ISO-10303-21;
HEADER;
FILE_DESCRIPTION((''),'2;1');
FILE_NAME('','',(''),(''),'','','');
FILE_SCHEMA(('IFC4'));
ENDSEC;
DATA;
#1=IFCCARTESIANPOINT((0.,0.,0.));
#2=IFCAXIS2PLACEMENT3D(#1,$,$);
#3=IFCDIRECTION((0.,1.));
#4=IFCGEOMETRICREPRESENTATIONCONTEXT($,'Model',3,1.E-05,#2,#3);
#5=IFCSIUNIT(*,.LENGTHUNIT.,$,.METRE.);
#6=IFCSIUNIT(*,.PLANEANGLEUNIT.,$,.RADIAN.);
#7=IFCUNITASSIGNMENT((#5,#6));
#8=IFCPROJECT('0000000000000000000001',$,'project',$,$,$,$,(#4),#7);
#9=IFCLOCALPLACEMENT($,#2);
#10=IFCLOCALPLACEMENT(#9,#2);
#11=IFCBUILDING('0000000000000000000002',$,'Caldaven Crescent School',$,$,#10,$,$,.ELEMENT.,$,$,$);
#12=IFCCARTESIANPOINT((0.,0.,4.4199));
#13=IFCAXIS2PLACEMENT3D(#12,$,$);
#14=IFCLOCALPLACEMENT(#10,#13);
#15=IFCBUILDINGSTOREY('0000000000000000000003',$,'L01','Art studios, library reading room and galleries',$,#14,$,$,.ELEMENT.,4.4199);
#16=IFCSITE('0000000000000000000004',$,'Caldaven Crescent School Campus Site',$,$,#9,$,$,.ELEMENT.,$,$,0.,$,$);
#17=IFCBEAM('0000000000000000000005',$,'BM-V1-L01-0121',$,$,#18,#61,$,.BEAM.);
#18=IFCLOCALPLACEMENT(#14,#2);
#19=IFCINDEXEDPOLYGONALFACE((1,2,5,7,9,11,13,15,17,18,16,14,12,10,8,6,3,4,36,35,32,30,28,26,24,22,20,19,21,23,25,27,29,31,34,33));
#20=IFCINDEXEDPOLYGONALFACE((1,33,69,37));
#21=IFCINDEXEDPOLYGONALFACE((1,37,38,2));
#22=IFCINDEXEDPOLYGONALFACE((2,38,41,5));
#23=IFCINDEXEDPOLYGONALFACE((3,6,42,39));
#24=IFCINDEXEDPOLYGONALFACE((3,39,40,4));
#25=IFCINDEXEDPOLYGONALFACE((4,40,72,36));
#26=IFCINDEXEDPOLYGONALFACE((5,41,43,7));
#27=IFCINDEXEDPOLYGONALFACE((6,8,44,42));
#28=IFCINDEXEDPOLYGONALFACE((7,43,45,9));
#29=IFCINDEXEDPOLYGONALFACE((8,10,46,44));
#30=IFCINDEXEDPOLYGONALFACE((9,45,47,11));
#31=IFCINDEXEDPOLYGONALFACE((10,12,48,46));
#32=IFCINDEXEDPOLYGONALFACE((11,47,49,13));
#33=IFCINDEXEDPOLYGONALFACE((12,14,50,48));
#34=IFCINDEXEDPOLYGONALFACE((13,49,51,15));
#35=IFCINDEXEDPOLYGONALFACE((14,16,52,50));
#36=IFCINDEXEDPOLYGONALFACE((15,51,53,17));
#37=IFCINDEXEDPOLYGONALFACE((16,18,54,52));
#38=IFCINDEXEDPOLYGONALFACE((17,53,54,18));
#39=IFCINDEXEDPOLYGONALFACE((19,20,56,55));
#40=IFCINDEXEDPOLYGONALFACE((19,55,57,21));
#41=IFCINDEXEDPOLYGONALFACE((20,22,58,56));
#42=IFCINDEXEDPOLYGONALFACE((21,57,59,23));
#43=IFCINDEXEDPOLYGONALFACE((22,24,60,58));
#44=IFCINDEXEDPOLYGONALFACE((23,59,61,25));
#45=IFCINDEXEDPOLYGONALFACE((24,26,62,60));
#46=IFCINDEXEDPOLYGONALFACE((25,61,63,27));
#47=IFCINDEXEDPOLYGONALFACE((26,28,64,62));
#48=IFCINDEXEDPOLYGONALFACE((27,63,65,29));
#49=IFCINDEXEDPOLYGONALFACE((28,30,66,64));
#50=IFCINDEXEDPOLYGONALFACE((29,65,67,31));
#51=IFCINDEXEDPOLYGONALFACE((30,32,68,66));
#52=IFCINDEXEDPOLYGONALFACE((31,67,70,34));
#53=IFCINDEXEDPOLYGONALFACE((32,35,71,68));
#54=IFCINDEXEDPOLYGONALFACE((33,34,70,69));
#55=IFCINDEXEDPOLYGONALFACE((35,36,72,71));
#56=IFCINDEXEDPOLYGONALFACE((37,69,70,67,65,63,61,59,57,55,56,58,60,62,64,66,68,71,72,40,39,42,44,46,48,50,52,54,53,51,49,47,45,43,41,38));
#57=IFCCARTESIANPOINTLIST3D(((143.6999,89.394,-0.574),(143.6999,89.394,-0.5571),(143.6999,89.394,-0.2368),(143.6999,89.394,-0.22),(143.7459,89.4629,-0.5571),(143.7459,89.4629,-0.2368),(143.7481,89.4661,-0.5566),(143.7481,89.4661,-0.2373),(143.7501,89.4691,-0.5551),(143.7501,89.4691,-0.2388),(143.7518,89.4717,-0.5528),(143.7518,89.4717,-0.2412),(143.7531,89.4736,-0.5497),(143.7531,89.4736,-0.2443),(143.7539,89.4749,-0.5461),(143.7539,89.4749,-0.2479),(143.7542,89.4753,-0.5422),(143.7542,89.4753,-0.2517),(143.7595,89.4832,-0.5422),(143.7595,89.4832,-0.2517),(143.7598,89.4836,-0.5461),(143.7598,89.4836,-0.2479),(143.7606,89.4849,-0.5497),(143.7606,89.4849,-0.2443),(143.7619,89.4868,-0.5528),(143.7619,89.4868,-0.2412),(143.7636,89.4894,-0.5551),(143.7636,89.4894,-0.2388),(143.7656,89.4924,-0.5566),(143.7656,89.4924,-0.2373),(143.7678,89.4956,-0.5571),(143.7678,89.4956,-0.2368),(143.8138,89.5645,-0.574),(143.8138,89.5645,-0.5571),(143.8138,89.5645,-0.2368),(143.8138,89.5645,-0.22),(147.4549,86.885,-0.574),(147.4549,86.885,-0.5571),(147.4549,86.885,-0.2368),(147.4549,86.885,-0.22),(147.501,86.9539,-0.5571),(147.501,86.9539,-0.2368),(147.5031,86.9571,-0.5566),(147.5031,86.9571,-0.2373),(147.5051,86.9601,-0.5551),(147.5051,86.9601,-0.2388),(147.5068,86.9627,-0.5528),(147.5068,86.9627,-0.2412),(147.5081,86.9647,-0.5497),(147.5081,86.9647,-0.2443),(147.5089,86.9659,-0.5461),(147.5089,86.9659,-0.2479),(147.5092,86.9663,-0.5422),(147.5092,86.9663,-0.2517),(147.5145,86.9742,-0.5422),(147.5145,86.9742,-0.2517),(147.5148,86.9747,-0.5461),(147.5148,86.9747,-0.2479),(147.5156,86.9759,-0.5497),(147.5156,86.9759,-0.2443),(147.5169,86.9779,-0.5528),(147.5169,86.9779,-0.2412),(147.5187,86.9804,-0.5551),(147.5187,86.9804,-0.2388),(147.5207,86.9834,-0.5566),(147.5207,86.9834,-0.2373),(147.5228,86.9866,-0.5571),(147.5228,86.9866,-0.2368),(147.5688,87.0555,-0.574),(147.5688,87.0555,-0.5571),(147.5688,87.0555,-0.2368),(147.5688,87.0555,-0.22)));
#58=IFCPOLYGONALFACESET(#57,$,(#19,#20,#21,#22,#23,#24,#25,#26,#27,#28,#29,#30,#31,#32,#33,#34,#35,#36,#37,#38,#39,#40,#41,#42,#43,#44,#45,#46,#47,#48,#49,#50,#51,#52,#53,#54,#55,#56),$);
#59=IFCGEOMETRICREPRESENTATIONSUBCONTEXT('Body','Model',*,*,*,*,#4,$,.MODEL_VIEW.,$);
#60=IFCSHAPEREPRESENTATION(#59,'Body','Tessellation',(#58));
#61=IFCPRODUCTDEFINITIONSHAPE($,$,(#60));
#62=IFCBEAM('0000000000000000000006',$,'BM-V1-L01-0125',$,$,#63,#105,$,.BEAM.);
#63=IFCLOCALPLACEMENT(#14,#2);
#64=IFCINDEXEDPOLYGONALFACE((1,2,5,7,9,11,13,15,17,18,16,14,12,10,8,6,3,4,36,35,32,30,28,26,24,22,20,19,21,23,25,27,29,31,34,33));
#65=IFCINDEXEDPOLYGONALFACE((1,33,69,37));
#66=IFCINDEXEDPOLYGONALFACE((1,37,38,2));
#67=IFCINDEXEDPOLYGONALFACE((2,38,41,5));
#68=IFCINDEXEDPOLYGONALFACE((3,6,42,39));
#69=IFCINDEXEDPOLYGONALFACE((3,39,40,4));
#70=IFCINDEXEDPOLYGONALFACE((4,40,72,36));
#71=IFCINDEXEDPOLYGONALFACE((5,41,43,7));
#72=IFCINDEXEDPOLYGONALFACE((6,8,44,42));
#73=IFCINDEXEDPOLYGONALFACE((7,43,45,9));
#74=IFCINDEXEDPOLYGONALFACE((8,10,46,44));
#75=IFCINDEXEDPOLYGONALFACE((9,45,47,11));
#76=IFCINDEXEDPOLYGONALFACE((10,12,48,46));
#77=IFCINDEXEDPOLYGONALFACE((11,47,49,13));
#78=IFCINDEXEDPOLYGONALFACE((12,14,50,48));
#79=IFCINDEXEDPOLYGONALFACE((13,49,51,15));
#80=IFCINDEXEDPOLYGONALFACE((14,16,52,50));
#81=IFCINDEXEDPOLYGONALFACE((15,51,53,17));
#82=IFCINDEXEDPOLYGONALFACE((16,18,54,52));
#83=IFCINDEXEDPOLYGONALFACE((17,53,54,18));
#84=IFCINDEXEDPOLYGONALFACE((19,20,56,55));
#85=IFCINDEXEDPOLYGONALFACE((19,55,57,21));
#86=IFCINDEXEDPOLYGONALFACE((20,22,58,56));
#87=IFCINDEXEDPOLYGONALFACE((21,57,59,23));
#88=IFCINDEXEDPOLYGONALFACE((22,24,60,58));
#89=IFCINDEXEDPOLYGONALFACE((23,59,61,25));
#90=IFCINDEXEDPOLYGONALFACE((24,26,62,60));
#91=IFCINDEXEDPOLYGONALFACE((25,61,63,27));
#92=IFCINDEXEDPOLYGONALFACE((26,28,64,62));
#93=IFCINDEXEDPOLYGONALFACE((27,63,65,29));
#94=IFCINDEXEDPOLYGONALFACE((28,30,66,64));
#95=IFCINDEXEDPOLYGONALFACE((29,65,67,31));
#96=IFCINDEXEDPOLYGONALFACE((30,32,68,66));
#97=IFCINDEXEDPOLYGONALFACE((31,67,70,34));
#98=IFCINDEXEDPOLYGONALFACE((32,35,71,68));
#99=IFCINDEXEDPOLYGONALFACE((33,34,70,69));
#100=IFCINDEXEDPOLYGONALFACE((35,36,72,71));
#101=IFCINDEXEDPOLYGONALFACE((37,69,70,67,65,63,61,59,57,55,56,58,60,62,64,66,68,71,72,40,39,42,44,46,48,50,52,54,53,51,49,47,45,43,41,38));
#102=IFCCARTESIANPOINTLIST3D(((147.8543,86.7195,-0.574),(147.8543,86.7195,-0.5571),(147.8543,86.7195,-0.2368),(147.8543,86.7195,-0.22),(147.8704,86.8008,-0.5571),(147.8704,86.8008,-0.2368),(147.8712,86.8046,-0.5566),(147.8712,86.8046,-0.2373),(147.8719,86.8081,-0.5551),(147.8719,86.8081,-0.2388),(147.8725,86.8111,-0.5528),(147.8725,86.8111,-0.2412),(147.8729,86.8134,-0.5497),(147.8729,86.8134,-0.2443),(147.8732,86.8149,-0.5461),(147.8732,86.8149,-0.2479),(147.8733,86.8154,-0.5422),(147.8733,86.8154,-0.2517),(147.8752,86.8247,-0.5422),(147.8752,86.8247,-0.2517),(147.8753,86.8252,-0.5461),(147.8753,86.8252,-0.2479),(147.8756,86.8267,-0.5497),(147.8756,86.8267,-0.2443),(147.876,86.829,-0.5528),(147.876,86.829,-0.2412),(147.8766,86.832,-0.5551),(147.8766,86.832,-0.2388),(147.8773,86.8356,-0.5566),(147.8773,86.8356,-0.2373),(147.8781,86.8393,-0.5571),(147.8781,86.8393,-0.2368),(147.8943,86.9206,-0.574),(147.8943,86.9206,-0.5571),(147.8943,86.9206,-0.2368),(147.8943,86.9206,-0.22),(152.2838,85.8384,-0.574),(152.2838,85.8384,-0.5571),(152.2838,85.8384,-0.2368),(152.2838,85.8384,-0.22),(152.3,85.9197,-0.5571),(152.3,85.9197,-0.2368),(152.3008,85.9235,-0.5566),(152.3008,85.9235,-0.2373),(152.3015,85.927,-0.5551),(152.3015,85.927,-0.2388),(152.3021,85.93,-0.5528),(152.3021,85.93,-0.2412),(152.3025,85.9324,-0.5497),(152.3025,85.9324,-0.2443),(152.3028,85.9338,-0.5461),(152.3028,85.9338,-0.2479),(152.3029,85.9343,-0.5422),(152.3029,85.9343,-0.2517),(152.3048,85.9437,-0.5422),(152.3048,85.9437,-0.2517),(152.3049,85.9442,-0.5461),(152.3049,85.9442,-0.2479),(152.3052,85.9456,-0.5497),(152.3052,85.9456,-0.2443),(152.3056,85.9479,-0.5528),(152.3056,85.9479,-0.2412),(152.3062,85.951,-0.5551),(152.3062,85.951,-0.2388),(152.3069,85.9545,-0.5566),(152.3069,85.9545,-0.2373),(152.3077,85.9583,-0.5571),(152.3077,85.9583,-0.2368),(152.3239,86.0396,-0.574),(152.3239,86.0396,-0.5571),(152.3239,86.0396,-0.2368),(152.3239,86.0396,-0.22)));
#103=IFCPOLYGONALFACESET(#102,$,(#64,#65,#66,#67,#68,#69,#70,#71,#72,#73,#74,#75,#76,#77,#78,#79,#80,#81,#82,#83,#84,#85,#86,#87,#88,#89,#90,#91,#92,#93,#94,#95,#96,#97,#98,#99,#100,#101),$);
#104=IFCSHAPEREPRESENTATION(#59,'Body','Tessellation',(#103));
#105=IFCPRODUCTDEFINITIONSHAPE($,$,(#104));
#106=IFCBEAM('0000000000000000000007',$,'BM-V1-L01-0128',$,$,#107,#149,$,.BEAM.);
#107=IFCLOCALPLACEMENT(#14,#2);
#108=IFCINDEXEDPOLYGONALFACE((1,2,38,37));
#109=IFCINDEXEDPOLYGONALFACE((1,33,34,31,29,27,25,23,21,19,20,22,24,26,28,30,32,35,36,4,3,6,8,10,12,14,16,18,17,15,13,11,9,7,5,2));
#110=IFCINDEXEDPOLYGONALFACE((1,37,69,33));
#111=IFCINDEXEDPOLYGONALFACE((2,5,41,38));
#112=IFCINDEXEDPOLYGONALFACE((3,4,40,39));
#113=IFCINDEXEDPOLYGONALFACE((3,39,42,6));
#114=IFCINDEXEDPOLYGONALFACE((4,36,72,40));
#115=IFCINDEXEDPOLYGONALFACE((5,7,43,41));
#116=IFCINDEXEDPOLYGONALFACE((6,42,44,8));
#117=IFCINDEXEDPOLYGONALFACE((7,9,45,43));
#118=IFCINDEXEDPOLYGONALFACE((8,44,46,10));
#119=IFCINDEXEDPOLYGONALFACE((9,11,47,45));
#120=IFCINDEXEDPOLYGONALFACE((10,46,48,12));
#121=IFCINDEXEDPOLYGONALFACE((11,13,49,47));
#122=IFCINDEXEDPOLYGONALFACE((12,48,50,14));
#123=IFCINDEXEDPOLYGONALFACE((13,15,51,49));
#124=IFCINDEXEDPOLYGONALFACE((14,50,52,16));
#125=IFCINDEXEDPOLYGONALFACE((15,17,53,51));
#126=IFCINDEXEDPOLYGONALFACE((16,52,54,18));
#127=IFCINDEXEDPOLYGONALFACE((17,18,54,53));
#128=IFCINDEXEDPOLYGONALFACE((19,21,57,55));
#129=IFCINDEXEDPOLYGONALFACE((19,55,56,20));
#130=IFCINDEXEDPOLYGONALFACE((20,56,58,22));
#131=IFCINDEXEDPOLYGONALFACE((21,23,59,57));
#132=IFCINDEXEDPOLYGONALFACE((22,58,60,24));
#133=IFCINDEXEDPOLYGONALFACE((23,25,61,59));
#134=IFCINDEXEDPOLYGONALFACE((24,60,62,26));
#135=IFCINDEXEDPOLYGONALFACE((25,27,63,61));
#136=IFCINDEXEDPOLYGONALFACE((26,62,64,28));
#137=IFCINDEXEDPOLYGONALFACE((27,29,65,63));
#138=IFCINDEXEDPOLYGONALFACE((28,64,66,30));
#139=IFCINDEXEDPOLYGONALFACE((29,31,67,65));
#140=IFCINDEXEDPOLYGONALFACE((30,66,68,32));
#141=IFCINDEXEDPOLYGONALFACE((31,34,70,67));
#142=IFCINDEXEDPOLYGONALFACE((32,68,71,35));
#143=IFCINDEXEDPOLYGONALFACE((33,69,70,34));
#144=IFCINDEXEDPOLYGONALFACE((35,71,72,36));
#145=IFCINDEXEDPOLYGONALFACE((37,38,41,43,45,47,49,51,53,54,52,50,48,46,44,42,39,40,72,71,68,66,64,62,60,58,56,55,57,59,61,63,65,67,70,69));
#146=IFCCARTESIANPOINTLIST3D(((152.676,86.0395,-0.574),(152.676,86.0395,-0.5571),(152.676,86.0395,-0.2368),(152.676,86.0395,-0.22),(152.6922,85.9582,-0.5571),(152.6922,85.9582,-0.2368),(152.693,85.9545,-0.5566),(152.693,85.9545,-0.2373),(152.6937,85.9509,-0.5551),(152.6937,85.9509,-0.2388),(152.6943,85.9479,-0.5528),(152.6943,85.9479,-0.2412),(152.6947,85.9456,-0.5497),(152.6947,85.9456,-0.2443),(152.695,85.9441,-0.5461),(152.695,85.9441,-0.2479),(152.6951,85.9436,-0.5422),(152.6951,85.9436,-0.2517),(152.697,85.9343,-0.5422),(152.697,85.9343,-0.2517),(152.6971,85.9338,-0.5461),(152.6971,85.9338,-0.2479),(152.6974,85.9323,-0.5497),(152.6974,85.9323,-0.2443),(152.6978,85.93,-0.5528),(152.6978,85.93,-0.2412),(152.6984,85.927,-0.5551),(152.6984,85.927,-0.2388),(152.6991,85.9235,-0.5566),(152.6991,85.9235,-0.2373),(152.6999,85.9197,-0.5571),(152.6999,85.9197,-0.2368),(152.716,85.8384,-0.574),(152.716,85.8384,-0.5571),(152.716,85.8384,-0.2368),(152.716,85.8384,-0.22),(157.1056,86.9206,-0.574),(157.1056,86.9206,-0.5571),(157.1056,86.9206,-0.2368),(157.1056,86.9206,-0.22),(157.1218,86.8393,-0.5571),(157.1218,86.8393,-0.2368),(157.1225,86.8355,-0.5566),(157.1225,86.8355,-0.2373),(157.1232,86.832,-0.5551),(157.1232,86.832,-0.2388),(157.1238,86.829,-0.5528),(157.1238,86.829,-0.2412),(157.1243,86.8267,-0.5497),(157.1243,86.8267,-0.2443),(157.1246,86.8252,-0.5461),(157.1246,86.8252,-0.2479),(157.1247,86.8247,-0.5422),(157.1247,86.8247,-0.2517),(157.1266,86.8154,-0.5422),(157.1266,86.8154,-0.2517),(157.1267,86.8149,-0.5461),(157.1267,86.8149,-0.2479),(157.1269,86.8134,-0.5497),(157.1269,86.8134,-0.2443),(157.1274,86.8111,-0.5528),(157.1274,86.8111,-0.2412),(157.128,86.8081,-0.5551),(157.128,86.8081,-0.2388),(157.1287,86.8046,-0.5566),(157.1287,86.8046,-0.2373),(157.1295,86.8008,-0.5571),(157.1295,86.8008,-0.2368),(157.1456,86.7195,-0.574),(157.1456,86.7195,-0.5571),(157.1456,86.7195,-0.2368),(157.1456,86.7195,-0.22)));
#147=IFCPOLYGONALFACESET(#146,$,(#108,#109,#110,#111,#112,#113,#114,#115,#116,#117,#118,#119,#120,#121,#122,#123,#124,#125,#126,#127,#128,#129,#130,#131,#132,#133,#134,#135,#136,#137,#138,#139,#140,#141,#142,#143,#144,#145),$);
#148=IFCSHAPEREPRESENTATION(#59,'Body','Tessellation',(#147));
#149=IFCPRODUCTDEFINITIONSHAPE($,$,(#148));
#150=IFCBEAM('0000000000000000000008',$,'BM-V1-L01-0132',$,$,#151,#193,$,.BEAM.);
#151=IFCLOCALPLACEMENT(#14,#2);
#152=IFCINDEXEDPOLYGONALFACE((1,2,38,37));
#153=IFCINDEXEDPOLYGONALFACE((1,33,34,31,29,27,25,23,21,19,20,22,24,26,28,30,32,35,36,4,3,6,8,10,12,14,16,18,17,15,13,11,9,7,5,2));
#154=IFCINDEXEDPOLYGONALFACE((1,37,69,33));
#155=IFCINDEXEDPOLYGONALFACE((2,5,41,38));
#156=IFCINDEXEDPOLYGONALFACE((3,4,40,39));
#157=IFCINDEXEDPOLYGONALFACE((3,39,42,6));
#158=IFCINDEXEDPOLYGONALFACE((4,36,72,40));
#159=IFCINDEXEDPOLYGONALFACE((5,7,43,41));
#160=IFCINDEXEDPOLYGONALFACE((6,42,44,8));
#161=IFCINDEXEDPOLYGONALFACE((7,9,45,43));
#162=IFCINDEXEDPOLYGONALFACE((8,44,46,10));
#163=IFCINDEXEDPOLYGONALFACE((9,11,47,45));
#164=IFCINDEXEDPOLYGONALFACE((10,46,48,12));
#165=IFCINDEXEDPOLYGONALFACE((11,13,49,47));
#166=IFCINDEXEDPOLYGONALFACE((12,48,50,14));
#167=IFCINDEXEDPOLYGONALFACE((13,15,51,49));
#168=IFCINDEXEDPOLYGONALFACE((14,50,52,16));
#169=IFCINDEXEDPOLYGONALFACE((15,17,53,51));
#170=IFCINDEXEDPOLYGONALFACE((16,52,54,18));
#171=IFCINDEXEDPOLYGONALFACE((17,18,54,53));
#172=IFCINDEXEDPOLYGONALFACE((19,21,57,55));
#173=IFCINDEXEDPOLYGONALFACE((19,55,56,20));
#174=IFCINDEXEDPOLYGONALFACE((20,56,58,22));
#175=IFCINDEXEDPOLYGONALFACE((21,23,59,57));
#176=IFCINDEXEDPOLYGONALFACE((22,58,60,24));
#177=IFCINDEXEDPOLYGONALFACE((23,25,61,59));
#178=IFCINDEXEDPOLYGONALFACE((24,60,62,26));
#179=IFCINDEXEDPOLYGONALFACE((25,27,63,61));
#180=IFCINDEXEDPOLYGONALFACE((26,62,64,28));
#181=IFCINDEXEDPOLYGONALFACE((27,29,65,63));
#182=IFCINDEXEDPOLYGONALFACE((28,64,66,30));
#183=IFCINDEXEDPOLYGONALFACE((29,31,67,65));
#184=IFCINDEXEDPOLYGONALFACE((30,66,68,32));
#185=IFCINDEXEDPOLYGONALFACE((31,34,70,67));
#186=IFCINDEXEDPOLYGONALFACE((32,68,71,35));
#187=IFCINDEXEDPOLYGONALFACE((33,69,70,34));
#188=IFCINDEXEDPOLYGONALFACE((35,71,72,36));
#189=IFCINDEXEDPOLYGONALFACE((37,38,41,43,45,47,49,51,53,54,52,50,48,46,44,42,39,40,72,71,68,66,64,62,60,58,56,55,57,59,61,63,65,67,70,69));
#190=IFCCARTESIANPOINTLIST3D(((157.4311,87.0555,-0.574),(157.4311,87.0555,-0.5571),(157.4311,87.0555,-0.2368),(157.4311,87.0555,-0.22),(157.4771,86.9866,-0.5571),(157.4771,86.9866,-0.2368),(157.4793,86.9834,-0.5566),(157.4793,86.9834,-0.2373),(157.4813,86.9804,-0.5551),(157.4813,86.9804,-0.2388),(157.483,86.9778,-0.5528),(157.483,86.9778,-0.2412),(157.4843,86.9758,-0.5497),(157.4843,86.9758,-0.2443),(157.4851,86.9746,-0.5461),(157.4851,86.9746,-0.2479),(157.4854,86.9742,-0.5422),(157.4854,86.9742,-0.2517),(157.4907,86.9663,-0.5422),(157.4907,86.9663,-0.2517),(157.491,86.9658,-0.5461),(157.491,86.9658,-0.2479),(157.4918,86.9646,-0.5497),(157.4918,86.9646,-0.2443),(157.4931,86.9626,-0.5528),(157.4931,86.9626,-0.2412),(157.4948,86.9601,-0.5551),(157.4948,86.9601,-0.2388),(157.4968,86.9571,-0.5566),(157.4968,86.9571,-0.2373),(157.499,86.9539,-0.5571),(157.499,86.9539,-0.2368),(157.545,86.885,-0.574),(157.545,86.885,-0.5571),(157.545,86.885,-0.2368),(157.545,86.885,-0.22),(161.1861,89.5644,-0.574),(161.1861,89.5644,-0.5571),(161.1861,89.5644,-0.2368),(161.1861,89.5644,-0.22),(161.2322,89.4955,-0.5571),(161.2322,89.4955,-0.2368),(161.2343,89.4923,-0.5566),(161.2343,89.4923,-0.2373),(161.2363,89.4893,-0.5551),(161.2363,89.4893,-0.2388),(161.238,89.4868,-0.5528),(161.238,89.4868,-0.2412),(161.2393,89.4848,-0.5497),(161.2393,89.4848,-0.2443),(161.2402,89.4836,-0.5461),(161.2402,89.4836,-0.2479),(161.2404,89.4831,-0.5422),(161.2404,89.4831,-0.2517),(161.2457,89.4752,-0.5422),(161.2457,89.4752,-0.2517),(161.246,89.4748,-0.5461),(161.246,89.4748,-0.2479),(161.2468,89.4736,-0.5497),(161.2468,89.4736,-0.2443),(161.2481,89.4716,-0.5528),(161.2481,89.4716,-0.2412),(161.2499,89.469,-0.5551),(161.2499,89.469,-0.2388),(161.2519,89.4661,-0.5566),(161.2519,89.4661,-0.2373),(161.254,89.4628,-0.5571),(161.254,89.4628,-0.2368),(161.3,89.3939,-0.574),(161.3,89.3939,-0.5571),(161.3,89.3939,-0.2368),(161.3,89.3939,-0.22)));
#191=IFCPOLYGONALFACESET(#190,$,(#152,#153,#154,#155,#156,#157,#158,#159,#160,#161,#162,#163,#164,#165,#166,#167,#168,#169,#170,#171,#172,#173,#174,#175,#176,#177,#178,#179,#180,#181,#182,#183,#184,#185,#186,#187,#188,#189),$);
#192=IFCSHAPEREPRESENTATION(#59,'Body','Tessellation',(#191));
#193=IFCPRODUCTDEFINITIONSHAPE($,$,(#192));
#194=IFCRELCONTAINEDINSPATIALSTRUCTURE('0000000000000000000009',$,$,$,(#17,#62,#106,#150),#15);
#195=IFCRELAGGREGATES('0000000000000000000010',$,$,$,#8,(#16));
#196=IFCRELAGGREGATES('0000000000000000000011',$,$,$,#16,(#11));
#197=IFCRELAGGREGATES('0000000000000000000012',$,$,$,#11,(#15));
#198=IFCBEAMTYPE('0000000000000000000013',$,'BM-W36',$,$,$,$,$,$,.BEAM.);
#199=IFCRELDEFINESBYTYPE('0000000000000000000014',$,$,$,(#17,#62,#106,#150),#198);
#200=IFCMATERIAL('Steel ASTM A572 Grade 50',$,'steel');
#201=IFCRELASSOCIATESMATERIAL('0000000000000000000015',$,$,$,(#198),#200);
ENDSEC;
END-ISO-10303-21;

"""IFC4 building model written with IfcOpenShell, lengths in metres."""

from ifc_helpers import new_model, si_unit, direction, frame, origin, origin_2d, place, context, subcontext, project, spatial, i_section, extrude, material, material_profile, profile_set, type_object, element, save


model = new_model("IFC4")

# Units and contexts
model_context = context("Model", 3, precision=1e-05, world=origin(), true_north=direction((0.0, 1.0)))
body_context = subcontext(model_context, "Body", "Model", "MODEL_VIEW")
ifc_project = project(units=[si_unit("LENGTHUNIT", "METRE"), si_unit("PLANEANGLEUNIT", "RADIAN")], contexts=[model_context])

# Site, building, storey
site_placement = place(None, origin())
site = spatial("IfcSite", under=ifc_project, at=site_placement, Name="Caldaven Crescent School Campus Site", CompositionType="ELEMENT", RefElevation=0.0)
building_placement = place(site_placement, origin())
building = spatial("IfcBuilding", under=site, at=building_placement, Name="Caldaven Crescent School", CompositionType="ELEMENT")
storey_placement = place(building_placement, frame((0.0, 0.0, 4.4199)))
storey = spatial("IfcBuildingStorey", under=building, at=storey_placement, Name="L01", Description="Art studios, library reading room and galleries", CompositionType="ELEMENT", Elevation=4.4199)

# Beams
ifc_material_1 = material(Name="Steel ASTM A572 Grade 50", Category="steel")
ifc_material_profile_1 = material_profile(ifc_material_1, i_section(OverallWidth=0.2051, OverallDepth=0.354, WebThickness=0.0095, FlangeThickness=0.0168, FilletRadius=0.0149, at=origin_2d()), Name="W360x79")
ifc_profile_set_1 = profile_set([ifc_material_profile_1], Name="Steel ASTM A572 Grade 50")
beam_type_1 = type_object("IfcBeamType", Name="BM-W36", PredefinedType="BEAM", material=ifc_profile_set_1)
for number, where, z_axis, x_axis, name in (
    (1, (143.7568, 89.4792, -0.397), (0.831476, -0.555561, 0.0), (0.555561, 0.831476, 0.0), "BM-V1-L01-0121"),
):
    element("IfcBeam", number, at=place(storey_placement, frame(where, z_axis=z_axis, x_axis=x_axis)), inside=storey, type_object=beam_type_1, Name=name, PredefinedType="BEAM", context=body_context, shape_type="SweptSolid", body=[
        extrude(i_section(OverallWidth=0.2051, OverallDepth=0.354, WebThickness=0.0095, FlangeThickness=0.0168, FilletRadius=0.0149, at=origin_2d()), origin(), (0.0, 0.0, 1.0), 4.5161),
    ])
for number, where, z_axis, x_axis, name in (
    (2, (147.8743, 86.8201, -0.397), (0.980786, -0.195087, 0.0), (0.195087, 0.980786, 0.0), "BM-V1-L01-0125"),
    (3, (152.696, 85.939, -0.397), (0.980786, 0.195087, 0.0), (-0.195087, 0.980786, 0.0), "BM-V1-L01-0128"),
):
    element("IfcBeam", number, at=place(storey_placement, frame(where, z_axis=z_axis, x_axis=x_axis)), inside=storey, type_object=beam_type_1, Name=name, PredefinedType="BEAM", context=body_context, shape_type="SweptSolid", body=[
        extrude(i_section(OverallWidth=0.2051, OverallDepth=0.354, WebThickness=0.0095, FlangeThickness=0.0168, FilletRadius=0.0149, at=origin_2d()), origin(), (0.0, 0.0, 1.0), 4.5164),
    ])
for number, where, z_axis, x_axis, name in (
    (4, (157.488, 86.9702, -0.397), (0.831476, 0.555561, 0.0), (-0.555561, 0.831476, 0.0), "BM-V1-L01-0132"),
):
    element("IfcBeam", number, at=place(storey_placement, frame(where, z_axis=z_axis, x_axis=x_axis)), inside=storey, type_object=beam_type_1, Name=name, PredefinedType="BEAM", context=body_context, shape_type="SweptSolid", body=[
        extrude(i_section(OverallWidth=0.2051, OverallDepth=0.354, WebThickness=0.0095, FlangeThickness=0.0168, FilletRadius=0.0149, at=origin_2d()), origin(), (0.0, 0.0, 1.0), 4.5161),
    ])

save(model, "model.ifc")
